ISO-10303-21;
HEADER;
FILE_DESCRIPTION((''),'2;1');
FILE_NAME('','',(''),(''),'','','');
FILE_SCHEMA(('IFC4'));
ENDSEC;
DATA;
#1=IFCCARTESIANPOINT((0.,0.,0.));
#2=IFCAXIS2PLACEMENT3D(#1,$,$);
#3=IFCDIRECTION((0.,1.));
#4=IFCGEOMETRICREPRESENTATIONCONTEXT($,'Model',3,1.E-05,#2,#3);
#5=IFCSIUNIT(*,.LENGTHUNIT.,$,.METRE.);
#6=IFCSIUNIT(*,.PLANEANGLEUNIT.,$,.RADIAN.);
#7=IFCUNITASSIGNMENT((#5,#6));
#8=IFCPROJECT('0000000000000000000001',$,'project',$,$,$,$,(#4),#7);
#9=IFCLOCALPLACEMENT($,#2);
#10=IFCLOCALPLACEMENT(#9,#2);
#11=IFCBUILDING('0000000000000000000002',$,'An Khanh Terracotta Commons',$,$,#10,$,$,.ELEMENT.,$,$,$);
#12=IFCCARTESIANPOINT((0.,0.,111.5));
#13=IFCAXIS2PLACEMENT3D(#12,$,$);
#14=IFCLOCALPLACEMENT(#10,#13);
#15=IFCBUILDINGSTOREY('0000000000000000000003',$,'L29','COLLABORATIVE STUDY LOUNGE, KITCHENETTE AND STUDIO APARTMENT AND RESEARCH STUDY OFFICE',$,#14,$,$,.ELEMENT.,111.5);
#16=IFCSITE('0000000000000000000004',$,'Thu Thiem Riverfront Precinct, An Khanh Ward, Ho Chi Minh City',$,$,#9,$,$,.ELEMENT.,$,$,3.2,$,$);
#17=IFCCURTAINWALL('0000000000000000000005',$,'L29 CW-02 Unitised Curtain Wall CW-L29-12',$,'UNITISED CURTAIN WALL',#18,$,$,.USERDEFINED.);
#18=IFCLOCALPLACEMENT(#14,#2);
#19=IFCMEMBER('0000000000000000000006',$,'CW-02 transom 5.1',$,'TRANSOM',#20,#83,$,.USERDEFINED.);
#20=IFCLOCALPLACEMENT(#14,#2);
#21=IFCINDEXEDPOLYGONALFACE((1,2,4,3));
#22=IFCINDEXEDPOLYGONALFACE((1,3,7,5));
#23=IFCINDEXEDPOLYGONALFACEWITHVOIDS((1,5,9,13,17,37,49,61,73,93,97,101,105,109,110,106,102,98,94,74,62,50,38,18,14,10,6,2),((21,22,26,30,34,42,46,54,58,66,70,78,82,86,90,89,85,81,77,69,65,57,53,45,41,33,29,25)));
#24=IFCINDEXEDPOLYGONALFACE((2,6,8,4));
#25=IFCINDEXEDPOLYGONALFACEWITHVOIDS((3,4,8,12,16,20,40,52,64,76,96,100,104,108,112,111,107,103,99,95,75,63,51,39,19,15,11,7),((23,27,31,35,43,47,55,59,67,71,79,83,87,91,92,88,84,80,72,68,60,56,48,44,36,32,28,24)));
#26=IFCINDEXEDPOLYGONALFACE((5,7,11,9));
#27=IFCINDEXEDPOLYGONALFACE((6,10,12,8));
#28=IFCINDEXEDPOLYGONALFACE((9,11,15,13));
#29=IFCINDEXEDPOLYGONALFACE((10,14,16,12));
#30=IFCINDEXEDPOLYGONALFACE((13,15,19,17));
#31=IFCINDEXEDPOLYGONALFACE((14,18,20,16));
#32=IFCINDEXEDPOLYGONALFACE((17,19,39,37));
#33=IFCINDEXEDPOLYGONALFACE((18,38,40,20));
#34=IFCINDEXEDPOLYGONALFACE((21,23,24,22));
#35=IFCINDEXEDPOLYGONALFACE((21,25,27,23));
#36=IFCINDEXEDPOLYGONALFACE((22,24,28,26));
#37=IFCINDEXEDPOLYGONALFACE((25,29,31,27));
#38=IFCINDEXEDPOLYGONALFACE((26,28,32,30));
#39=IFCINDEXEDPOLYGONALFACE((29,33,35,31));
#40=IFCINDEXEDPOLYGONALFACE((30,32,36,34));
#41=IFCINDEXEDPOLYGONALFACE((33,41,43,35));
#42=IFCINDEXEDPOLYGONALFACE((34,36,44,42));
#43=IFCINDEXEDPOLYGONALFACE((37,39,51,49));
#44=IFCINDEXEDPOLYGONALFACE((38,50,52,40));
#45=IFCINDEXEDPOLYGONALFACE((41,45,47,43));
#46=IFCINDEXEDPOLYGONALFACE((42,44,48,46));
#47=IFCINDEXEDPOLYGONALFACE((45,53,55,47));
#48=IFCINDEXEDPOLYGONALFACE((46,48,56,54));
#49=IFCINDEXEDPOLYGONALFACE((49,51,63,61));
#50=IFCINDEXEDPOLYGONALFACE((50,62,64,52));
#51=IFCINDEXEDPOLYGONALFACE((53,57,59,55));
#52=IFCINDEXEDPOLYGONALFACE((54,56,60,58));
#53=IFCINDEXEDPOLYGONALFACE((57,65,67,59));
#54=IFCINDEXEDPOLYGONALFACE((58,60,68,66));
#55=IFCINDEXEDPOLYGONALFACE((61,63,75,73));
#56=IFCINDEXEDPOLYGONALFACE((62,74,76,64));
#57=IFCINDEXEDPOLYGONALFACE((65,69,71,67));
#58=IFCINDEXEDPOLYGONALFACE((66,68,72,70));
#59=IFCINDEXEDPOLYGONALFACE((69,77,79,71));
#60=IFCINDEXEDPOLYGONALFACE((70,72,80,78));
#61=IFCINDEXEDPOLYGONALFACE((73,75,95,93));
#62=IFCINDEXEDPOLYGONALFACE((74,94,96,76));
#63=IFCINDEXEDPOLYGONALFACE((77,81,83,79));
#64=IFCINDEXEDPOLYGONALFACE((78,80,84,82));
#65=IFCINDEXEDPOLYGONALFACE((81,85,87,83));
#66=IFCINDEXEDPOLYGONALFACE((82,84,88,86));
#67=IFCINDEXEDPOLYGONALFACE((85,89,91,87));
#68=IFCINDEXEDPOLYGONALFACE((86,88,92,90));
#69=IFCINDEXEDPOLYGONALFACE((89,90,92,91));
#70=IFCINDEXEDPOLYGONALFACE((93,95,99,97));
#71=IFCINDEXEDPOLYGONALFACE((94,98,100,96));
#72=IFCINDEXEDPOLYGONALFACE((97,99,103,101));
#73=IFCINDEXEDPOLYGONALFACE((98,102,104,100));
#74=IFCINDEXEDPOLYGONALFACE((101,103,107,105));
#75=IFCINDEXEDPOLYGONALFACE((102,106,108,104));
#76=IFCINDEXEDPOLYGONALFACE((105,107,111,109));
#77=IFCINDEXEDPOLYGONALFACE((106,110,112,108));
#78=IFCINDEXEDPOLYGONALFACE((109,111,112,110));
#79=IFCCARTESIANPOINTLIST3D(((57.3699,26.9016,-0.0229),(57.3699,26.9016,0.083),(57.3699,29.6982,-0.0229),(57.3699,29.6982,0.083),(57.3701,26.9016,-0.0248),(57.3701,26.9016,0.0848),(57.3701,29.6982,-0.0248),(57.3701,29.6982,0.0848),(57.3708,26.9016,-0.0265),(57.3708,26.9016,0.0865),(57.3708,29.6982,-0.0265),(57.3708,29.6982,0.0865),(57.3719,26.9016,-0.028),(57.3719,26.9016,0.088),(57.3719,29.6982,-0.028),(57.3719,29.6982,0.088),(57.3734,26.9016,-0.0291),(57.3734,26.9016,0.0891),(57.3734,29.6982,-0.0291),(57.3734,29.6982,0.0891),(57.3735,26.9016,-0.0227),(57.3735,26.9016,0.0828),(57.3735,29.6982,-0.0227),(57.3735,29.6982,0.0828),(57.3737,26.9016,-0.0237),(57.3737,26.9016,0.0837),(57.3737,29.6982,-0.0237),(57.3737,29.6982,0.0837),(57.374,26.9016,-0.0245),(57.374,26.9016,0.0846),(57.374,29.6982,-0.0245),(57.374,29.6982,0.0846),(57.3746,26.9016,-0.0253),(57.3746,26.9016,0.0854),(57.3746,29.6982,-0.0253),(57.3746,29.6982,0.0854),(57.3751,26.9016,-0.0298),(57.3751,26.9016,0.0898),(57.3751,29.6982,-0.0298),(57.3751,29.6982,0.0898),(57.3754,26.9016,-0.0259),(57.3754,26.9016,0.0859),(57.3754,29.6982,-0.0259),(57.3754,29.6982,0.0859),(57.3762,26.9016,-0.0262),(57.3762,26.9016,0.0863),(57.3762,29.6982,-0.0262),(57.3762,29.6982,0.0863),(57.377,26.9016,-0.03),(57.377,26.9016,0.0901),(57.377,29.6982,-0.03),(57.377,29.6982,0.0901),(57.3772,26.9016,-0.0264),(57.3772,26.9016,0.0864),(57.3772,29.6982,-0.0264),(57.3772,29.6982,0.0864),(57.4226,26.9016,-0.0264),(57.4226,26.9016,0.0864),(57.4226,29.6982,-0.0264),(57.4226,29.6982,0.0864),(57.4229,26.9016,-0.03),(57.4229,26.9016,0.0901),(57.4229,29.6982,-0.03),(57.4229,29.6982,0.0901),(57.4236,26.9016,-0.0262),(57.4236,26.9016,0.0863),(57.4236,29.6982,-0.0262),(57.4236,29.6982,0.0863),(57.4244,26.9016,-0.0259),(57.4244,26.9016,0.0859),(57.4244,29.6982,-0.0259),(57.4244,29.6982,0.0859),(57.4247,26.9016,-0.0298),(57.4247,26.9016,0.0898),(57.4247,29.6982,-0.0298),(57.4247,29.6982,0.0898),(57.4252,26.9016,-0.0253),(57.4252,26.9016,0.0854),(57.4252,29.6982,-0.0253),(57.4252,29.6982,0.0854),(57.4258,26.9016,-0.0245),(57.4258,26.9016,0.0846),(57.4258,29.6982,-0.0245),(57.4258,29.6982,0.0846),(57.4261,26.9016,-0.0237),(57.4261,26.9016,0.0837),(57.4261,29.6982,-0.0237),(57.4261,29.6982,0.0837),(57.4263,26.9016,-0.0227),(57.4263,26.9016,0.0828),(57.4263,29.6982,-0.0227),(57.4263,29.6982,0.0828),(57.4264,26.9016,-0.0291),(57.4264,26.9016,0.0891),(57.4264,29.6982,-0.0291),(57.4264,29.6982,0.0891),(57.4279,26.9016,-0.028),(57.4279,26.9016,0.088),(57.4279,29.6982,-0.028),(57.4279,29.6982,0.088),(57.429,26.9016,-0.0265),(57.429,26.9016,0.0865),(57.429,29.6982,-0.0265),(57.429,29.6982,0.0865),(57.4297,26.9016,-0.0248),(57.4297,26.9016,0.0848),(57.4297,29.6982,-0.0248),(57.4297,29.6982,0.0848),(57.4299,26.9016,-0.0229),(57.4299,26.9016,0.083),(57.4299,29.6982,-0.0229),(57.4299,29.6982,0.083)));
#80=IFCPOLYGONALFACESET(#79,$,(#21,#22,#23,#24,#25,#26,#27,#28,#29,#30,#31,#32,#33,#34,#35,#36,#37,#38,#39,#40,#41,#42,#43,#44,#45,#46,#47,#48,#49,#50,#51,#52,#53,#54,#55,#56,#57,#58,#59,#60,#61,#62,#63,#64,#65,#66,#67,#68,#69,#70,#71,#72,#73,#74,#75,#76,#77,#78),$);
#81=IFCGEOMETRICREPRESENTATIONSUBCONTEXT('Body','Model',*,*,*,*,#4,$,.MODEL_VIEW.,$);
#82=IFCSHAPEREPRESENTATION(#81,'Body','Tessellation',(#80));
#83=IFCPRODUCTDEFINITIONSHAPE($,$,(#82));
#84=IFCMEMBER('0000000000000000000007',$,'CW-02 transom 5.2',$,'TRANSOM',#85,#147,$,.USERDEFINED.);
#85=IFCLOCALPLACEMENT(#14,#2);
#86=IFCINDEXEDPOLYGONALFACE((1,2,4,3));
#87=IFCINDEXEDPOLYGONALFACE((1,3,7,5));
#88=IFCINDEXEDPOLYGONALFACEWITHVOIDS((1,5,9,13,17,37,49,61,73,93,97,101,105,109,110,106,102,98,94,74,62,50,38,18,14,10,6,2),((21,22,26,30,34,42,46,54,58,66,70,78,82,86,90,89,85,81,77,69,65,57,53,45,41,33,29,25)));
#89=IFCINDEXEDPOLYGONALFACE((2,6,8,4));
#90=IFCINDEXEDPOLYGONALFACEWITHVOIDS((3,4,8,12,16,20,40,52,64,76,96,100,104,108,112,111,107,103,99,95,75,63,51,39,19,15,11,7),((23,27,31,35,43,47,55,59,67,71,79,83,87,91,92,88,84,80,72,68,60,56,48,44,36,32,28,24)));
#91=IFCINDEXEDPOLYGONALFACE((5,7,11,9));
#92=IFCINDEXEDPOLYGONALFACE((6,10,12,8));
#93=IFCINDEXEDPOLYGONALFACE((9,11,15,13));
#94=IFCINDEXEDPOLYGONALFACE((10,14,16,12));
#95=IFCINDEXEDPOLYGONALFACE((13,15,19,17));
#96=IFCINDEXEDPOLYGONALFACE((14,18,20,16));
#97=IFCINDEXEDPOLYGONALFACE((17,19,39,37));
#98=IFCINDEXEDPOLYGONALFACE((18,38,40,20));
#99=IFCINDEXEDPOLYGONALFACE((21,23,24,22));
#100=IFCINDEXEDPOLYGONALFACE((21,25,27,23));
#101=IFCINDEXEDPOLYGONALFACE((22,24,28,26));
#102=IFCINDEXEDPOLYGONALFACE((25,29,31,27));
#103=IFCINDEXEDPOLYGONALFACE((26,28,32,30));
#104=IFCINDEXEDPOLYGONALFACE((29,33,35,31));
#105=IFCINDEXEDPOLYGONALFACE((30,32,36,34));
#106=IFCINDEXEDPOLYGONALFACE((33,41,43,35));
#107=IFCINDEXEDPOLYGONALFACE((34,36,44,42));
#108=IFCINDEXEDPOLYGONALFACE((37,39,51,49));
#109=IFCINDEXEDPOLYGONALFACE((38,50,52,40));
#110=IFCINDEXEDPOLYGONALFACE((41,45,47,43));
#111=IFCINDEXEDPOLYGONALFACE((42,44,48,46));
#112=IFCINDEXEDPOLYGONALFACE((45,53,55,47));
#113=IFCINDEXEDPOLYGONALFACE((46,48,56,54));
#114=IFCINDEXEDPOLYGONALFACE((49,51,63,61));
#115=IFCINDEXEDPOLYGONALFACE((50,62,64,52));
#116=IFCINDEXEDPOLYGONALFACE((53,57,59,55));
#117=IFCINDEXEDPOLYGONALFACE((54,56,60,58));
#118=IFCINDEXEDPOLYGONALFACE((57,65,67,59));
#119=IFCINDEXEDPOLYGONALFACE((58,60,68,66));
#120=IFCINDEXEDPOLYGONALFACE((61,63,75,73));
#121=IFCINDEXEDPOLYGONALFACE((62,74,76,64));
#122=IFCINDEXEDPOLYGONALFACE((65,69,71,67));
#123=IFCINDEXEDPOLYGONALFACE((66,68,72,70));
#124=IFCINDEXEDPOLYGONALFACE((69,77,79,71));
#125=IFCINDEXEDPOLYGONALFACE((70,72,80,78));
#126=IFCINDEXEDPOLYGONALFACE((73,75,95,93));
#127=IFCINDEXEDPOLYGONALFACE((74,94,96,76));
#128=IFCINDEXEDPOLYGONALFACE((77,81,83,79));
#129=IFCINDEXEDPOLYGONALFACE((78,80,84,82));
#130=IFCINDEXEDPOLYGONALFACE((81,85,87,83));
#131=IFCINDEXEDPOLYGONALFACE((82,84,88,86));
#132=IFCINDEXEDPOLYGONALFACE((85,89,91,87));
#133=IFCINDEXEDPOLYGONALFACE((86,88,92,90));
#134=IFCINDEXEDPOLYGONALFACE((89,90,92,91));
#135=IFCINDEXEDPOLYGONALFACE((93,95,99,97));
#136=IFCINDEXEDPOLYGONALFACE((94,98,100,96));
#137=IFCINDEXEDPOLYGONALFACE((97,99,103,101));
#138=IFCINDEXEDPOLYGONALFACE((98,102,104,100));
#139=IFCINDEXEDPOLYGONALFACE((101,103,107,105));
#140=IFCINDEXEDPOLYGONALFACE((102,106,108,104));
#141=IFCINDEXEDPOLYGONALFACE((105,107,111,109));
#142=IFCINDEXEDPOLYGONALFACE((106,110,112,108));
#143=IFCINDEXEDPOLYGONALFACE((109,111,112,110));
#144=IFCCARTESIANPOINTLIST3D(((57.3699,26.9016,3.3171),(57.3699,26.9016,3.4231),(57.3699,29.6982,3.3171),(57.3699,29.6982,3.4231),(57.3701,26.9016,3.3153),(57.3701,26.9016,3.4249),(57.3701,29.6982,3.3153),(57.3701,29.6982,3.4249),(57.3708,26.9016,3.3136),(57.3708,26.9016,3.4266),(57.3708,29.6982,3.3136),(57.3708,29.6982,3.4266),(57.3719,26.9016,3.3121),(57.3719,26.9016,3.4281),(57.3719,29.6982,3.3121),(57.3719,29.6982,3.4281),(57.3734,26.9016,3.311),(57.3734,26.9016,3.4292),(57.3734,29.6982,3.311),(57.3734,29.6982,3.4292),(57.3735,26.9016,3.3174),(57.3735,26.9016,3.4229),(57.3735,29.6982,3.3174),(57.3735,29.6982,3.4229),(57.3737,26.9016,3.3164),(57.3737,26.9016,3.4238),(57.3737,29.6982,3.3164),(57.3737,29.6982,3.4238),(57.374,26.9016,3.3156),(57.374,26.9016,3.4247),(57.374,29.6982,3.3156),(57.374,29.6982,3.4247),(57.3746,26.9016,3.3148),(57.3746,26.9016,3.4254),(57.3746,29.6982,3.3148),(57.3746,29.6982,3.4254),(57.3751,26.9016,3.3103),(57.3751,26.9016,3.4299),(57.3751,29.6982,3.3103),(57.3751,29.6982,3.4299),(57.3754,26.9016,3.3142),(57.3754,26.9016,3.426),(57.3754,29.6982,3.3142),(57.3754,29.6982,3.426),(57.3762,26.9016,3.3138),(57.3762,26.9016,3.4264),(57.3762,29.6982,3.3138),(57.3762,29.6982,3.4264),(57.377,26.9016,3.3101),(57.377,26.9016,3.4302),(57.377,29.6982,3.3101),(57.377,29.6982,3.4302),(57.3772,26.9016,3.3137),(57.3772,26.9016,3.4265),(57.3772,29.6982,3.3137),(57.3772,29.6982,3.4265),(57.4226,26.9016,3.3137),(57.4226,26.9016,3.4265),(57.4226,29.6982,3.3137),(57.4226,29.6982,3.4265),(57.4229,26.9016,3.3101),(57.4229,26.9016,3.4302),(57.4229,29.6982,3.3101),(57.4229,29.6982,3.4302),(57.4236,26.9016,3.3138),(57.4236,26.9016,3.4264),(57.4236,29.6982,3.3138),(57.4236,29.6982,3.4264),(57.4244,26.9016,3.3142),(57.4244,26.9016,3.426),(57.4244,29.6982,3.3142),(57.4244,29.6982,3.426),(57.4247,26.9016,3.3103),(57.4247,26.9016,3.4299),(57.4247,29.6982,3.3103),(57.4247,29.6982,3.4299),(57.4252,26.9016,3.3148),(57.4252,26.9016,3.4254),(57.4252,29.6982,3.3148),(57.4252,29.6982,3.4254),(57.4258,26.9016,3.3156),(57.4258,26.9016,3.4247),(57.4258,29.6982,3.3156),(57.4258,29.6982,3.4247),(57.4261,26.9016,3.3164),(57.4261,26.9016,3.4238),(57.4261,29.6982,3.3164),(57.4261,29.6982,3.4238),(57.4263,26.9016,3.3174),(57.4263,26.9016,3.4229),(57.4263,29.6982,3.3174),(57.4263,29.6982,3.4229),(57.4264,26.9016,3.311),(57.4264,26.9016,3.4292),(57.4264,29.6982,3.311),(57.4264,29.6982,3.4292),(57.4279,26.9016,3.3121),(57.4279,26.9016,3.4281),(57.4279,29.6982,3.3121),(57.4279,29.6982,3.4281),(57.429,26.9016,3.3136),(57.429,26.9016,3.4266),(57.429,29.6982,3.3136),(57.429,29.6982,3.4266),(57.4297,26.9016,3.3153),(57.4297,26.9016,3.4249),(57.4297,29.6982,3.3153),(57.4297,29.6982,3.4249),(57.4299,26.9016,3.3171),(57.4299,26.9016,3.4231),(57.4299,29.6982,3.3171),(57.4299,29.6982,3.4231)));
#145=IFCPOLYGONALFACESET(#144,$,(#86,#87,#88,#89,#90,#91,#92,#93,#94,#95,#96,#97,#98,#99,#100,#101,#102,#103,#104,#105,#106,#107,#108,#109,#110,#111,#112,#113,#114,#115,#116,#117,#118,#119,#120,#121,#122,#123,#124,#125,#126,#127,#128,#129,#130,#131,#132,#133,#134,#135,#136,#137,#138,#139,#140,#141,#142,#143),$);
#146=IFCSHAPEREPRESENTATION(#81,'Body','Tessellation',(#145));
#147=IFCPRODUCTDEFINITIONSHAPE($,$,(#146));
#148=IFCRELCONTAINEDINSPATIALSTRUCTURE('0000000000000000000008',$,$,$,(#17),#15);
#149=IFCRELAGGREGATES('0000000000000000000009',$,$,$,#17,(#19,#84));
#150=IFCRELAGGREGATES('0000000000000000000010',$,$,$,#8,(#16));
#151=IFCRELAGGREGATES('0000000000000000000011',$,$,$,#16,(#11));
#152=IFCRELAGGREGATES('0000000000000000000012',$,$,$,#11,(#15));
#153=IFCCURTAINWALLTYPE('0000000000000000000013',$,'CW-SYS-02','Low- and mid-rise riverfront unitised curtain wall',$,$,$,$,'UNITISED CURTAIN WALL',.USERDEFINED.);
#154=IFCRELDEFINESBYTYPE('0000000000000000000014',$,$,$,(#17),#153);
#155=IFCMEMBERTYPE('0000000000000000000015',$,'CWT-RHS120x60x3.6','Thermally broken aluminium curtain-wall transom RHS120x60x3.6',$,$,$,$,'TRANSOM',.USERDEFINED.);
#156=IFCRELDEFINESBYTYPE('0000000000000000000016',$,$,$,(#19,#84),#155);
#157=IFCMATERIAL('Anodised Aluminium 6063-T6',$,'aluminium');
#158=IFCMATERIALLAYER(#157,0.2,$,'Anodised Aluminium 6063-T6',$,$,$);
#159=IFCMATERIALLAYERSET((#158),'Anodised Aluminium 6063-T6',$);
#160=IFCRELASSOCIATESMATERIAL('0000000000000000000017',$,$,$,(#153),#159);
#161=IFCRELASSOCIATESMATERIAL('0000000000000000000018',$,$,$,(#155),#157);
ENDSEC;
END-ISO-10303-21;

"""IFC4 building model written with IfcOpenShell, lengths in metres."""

from ifc_helpers import new_model, si_unit, direction, frame, origin, origin_2d, place, context, subcontext, project, spatial, hollow_rectangle, extrude, material, layer, layer_set, material_profile, profile_set, type_object, element, aggregate, save


model = new_model("IFC4")

# Units and contexts
model_context = context("Model", 3, precision=1e-05, world=origin(), true_north=direction((0.0, 1.0)))
body_context = subcontext(model_context, "Body", "Model", "MODEL_VIEW")
ifc_project = project(units=[si_unit("LENGTHUNIT", "METRE"), si_unit("PLANEANGLEUNIT", "RADIAN")], contexts=[model_context])

# Site, building, storey
site_placement = place(None, origin())
site = spatial("IfcSite", under=ifc_project, at=site_placement, Name="Thu Thiem Riverfront Precinct, An Khanh Ward, Ho Chi Minh City", CompositionType="ELEMENT", RefElevation=3.2)
building_placement = place(site_placement, origin())
building = spatial("IfcBuilding", under=site, at=building_placement, Name="An Khanh Terracotta Commons", CompositionType="ELEMENT")
storey_placement = place(building_placement, frame((0.0, 0.0, 111.5)))
storey = spatial("IfcBuildingStorey", under=building, at=storey_placement, Name="L29", Description="COLLABORATIVE STUDY LOUNGE, KITCHENETTE AND STUDIO APARTMENT AND RESEARCH STUDY OFFICE", CompositionType="ELEMENT", Elevation=111.5)

# Curtain wall, members
ifc_material_1 = material(Name="Anodised Aluminium 6063-T6", Category="aluminium")
ifc_layer_1 = layer(ifc_material_1, 0.2, Name="Anodised Aluminium 6063-T6")
ifc_layer_set_1 = layer_set([ifc_layer_1], Name="Anodised Aluminium 6063-T6")
curtain_wall_type = type_object("IfcCurtainWallType", Name="CW-SYS-02", Description="Low- and mid-rise riverfront unitised curtain wall", ElementType="UNITISED CURTAIN WALL", PredefinedType="USERDEFINED", material=ifc_layer_set_1)
curtain_wall_placement = place(storey_placement, origin())
curtain_wall = element("IfcCurtainWall", 1, at=curtain_wall_placement, inside=storey, type_object=curtain_wall_type, Name="L29 CW-02 Unitised Curtain Wall CW-L29-12", ObjectType="UNITISED CURTAIN WALL", PredefinedType="USERDEFINED")
ifc_material_profile_1 = material_profile(ifc_material_1, hollow_rectangle(XDim=0.0601, YDim=0.1201, WallThickness=0.0037, InnerFilletRadius=0.0037, OuterFilletRadius=0.0071, at=origin_2d()), Name="RHS120x60x3.6")
ifc_profile_set_1 = profile_set([ifc_material_profile_1], Name="Anodised Aluminium 6063-T6")
member_type_1 = type_object("IfcMemberType", Name="CWT-RHS120x60x3.6", Description="Thermally broken aluminium curtain-wall transom RHS120x60x3.6", ElementType="TRANSOM", PredefinedType="USERDEFINED", material=ifc_profile_set_1)
member_1_placement = place(storey_placement, frame((57.3999, 26.9016, 0.03), z_axis=(0.0, 1.0, 0.0), x_axis=(-1.0, 0.0, 0.0)))
member_1 = element("IfcMember", 2, at=member_1_placement, type_object=member_type_1, Name="CW-02 transom 5.1", ObjectType="TRANSOM", PredefinedType="USERDEFINED", context=body_context, shape_type="SweptSolid", body=[
    extrude(hollow_rectangle(XDim=0.0601, YDim=0.1201, WallThickness=0.0037, InnerFilletRadius=0.0037, OuterFilletRadius=0.0071, at=origin_2d()), origin(), (0.0, 0.0, 1.0), 2.7966),
])
member_2_placement = place(storey_placement, frame((57.3999, 26.9016, 3.3701), z_axis=(0.0, 1.0, 0.0), x_axis=(-1.0, 0.0, 0.0)))
member_2 = element("IfcMember", 3, at=member_2_placement, type_object=member_type_1, Name="CW-02 transom 5.2", ObjectType="TRANSOM", PredefinedType="USERDEFINED", context=body_context, shape_type="SweptSolid", body=[
    extrude(hollow_rectangle(XDim=0.0601, YDim=0.1201, WallThickness=0.0037, InnerFilletRadius=0.0037, OuterFilletRadius=0.0071, at=origin_2d()), origin(), (0.0, 0.0, 1.0), 2.7966),
])
aggregate(curtain_wall, [member_1, member_2])

save(model, "model.ifc")
